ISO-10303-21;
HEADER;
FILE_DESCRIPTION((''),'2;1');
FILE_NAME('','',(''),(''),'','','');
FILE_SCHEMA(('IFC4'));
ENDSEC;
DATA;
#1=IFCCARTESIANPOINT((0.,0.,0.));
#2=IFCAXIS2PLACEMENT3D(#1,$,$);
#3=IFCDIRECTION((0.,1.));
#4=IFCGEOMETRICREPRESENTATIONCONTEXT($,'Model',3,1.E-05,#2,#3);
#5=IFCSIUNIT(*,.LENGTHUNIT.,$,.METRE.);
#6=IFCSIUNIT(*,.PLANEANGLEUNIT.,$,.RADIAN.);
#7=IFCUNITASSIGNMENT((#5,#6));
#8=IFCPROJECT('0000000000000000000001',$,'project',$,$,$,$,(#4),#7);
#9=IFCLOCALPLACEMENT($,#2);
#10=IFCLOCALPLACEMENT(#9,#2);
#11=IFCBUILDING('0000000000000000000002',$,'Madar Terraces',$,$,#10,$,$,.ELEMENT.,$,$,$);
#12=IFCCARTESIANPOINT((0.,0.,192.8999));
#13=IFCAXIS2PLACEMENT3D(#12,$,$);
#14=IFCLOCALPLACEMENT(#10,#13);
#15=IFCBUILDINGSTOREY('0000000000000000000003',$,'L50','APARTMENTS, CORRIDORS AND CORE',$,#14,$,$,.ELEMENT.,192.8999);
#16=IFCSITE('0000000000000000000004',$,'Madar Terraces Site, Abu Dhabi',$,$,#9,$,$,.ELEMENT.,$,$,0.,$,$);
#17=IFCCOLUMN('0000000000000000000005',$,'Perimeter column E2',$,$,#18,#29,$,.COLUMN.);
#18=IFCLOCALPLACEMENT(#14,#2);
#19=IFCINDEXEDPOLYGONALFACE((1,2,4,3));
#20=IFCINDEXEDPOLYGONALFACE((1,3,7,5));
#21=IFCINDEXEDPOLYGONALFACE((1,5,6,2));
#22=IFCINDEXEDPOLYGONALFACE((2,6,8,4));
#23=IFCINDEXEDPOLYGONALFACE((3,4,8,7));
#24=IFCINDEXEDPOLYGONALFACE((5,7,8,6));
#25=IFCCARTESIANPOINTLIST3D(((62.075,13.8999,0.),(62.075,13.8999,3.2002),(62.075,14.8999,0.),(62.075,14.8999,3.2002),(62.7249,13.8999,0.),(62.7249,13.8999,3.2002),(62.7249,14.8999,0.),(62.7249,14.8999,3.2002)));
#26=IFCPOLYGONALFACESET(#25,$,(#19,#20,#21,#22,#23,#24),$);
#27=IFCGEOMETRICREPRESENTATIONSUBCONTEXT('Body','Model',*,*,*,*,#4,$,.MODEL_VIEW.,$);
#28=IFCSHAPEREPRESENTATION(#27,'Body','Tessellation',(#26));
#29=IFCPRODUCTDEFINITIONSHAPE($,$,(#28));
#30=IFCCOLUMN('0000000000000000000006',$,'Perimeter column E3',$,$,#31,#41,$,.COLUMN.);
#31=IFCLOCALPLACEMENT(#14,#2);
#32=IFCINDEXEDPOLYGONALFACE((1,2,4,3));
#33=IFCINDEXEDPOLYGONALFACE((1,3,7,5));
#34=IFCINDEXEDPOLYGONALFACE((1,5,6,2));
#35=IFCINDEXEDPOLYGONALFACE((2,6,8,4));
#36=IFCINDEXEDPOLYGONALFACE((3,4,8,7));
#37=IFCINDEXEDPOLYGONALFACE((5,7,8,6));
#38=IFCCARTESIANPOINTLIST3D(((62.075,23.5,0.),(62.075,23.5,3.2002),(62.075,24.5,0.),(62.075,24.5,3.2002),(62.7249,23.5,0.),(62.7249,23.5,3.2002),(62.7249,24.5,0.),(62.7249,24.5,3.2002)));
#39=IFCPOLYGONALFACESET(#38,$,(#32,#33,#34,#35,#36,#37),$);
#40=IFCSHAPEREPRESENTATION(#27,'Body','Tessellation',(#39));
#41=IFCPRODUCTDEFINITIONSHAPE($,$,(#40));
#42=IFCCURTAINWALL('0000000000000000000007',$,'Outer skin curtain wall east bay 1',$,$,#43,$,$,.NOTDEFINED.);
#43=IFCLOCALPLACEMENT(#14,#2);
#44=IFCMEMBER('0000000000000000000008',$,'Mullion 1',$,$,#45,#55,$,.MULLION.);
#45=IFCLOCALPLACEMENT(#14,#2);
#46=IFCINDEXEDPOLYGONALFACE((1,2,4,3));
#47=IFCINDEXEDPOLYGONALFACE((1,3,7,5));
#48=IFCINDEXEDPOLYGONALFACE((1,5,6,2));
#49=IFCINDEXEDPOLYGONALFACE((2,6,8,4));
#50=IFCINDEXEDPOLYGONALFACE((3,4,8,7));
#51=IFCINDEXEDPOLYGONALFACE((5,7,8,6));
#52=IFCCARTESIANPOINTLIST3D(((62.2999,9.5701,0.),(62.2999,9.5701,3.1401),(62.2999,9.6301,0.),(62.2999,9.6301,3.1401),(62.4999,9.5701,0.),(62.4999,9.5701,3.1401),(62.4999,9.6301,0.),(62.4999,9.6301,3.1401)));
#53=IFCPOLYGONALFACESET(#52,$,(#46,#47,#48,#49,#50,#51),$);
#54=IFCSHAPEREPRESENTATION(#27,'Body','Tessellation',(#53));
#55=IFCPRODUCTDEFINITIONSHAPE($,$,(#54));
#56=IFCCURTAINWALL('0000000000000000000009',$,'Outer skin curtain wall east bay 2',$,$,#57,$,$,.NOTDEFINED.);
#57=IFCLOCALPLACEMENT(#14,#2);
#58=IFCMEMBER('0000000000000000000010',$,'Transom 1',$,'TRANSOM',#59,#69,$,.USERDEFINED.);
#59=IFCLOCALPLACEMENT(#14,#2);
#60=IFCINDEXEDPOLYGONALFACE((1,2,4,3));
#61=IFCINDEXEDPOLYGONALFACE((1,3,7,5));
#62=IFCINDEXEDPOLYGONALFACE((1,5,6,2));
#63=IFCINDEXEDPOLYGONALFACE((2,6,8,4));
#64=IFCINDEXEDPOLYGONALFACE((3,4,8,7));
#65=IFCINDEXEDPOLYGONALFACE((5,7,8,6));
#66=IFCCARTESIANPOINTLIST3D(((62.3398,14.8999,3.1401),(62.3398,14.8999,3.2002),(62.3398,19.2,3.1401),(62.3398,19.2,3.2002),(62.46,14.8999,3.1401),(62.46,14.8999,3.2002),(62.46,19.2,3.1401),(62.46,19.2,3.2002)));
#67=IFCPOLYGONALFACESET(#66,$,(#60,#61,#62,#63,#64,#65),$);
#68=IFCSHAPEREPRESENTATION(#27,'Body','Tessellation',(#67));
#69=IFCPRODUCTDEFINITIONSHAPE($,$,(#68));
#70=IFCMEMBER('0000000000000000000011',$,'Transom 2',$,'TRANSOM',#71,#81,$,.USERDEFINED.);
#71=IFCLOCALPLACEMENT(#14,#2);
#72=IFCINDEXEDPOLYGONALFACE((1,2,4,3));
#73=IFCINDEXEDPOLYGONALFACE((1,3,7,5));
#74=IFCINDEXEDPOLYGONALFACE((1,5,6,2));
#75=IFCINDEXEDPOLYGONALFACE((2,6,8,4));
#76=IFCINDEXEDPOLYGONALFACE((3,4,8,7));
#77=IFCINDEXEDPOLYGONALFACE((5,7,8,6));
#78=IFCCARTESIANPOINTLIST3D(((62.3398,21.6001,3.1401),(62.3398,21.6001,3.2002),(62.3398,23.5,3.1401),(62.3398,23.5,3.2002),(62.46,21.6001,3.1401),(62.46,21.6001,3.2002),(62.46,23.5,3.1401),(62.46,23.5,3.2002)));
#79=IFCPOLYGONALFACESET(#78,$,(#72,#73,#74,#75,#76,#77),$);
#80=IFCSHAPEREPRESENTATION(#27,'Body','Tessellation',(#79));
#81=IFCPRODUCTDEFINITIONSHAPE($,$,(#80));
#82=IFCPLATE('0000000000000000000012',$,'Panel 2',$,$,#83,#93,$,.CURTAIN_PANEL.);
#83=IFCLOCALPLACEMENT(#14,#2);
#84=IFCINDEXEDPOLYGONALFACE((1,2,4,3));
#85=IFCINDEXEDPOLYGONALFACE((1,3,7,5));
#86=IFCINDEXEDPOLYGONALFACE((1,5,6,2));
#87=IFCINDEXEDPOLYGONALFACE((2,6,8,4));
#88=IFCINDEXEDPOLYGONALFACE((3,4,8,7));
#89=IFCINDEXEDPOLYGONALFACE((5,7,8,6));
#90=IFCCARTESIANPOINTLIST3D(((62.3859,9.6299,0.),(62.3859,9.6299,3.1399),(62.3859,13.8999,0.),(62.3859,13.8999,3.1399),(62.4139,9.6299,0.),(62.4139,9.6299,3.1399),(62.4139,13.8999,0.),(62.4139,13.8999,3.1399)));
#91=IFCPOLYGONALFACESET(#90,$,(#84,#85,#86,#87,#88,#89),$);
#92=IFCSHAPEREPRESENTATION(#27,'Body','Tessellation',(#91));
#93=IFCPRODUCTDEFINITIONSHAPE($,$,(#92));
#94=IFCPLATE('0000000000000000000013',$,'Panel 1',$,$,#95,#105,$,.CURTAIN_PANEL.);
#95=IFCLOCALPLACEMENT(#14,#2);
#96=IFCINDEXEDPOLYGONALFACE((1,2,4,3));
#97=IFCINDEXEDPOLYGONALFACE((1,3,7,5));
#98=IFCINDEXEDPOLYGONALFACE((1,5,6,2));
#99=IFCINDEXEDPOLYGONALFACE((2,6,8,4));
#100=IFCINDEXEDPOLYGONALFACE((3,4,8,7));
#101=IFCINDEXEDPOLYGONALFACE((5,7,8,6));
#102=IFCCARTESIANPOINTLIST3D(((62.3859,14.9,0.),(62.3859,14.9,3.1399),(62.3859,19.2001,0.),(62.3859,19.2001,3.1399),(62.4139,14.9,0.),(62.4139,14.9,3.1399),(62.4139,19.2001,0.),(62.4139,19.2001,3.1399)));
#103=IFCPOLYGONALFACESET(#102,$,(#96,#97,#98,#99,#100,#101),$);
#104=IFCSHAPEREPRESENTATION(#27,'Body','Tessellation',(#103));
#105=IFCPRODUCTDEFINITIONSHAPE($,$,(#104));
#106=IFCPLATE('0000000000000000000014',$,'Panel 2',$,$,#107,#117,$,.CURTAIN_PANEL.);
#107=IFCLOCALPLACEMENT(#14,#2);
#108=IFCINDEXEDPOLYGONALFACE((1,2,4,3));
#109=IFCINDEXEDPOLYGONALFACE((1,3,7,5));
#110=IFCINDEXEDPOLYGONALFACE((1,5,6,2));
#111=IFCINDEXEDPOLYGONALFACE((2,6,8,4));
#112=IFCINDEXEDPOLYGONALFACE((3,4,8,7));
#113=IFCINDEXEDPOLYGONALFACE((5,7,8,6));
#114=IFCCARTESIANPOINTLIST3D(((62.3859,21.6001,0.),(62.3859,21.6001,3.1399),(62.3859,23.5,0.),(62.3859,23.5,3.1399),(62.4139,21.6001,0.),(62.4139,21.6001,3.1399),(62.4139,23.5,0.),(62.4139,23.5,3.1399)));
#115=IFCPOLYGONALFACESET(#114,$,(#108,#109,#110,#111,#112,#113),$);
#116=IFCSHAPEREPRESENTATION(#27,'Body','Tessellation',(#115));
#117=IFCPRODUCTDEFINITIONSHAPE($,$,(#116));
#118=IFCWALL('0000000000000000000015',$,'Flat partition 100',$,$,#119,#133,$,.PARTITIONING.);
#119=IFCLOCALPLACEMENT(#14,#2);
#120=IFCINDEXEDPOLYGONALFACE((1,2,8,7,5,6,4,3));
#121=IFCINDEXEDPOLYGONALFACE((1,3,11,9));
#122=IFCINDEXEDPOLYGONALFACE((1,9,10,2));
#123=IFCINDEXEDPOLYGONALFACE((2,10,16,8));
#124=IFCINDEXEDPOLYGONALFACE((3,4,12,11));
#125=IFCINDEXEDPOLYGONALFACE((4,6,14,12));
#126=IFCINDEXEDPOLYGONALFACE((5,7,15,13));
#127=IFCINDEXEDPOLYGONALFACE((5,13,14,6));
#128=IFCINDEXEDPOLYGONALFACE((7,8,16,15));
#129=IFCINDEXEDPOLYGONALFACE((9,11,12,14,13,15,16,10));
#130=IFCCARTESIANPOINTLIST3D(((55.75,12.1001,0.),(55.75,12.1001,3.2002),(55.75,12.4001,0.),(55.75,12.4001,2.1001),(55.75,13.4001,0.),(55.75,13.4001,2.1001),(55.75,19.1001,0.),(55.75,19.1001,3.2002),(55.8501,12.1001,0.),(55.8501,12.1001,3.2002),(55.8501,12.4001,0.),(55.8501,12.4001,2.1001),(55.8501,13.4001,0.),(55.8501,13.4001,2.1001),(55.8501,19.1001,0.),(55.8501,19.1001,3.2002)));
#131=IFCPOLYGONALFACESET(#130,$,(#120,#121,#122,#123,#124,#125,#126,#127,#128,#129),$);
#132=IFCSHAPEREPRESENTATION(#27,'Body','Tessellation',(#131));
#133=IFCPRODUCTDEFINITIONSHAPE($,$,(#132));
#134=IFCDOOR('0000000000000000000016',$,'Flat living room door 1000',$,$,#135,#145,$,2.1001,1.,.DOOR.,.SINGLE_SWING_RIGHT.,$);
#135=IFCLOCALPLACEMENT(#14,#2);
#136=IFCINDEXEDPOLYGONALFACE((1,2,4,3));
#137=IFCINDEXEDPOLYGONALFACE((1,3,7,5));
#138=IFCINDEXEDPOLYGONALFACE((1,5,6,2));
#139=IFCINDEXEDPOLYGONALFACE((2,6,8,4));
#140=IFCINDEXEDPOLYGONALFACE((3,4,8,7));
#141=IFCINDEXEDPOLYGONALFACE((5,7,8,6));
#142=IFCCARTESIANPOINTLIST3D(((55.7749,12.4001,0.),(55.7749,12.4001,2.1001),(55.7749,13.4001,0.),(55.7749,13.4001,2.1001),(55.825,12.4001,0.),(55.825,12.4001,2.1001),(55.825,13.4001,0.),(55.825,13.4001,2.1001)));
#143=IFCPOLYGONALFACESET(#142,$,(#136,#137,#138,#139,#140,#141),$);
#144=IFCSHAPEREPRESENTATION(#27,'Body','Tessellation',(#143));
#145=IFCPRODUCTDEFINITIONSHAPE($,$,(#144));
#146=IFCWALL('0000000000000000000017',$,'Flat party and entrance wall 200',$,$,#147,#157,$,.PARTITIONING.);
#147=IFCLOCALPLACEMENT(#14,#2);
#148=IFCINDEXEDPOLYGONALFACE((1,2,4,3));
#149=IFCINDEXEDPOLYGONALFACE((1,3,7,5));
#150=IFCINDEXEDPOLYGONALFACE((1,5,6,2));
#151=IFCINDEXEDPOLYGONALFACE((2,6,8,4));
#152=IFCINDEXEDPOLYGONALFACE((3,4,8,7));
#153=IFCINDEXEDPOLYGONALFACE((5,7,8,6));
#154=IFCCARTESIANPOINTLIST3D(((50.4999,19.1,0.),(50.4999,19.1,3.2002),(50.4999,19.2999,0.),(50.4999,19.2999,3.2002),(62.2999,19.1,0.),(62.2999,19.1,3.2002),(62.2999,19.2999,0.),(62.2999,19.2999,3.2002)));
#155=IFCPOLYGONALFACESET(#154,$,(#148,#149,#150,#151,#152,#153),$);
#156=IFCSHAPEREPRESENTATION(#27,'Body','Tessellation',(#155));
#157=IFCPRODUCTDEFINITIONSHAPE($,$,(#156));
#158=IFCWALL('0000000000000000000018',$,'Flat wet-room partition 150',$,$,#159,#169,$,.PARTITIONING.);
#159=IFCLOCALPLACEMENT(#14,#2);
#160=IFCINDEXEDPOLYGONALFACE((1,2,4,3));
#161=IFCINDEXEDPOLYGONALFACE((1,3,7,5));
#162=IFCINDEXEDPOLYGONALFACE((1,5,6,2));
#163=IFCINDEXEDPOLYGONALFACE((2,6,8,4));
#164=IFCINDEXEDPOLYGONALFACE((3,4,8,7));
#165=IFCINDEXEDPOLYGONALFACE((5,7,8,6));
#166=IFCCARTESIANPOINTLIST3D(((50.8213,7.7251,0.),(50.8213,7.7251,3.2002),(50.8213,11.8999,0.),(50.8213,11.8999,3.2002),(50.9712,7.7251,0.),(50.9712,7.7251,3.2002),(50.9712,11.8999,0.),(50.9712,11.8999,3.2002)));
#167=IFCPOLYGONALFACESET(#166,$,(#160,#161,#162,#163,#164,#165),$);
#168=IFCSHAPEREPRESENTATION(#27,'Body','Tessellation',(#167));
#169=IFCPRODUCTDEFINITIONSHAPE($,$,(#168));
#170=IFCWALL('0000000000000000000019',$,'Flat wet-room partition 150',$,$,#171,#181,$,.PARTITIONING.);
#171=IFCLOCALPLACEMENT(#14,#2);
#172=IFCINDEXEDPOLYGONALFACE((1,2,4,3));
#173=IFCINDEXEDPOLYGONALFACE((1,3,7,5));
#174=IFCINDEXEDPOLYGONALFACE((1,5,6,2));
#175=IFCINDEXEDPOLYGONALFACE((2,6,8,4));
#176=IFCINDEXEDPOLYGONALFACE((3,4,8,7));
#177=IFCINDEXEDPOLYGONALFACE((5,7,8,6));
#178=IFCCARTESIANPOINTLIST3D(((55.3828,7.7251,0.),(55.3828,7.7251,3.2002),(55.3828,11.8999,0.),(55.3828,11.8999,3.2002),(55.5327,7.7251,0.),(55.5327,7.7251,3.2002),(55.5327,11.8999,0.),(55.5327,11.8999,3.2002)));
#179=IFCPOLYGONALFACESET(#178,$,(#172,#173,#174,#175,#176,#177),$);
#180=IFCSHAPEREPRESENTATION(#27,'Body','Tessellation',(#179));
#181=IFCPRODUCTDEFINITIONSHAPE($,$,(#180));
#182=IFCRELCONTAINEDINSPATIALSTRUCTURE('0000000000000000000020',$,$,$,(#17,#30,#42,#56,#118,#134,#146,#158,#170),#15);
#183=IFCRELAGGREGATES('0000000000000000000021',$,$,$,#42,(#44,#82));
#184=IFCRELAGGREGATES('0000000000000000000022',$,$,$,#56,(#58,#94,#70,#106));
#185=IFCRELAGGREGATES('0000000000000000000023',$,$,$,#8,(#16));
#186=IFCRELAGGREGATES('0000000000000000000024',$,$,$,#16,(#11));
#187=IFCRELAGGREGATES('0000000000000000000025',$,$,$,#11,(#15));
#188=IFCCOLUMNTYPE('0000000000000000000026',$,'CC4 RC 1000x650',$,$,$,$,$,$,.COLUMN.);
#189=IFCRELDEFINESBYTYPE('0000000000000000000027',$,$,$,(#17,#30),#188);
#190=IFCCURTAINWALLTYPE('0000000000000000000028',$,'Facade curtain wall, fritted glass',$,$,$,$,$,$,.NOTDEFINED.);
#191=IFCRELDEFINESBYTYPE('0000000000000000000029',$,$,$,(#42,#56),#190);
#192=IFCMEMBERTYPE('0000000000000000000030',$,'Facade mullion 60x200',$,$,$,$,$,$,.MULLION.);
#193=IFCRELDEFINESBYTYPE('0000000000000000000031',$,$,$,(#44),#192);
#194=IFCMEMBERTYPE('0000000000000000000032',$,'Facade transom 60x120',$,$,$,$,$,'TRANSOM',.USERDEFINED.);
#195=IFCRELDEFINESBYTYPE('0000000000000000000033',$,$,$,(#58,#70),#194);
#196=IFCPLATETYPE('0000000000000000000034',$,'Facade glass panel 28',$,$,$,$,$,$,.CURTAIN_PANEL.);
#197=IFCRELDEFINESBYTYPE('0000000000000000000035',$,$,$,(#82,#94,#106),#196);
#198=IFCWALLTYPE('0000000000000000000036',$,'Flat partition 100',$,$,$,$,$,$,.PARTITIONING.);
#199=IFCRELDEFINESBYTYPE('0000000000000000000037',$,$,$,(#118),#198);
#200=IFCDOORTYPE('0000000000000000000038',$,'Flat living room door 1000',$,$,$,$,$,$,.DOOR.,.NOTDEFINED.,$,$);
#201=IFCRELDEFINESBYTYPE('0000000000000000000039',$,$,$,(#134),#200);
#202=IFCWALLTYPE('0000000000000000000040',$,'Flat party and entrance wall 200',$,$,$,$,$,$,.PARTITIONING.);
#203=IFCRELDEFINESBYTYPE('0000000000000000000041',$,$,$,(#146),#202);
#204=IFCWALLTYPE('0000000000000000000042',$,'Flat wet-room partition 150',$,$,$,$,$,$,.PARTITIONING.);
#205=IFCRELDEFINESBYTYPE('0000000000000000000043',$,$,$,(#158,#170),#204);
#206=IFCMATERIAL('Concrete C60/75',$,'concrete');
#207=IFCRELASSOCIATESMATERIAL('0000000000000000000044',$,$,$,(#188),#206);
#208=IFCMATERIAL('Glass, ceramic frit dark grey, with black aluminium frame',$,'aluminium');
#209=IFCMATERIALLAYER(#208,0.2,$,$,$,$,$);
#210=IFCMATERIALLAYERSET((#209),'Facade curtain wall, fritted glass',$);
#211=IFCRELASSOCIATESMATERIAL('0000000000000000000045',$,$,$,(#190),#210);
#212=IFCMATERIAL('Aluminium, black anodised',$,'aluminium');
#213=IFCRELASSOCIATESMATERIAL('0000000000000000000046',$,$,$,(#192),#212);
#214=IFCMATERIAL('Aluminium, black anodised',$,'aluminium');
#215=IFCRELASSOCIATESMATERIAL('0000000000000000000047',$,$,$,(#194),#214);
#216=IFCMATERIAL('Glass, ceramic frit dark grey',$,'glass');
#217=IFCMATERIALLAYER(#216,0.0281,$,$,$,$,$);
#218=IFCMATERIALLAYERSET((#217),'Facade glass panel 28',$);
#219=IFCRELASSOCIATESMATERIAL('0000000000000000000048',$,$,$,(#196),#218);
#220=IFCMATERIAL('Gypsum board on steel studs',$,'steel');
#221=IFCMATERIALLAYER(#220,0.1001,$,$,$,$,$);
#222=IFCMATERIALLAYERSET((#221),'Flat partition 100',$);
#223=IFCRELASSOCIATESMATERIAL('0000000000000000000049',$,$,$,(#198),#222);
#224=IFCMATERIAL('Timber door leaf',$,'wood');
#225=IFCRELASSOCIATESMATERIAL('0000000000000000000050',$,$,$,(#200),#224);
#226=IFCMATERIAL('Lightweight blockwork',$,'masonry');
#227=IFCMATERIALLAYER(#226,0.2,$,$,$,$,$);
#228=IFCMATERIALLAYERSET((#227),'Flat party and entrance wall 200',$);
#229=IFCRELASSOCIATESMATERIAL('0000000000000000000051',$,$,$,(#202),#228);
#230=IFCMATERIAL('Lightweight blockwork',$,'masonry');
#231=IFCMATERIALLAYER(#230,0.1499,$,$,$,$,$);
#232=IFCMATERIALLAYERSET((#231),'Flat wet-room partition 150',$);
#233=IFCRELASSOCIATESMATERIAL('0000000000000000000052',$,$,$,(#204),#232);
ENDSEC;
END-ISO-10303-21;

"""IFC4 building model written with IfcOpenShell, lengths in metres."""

from ifc_helpers import new_model, si_unit, direction, frame, frame_2d, origin, origin_2d, place, context, subcontext, project, spatial, rectangle, extrude, material, layer, layer_set, material_profile, profile_set, type_object, element, fill, aggregate, save


model = new_model("IFC4")

# Units and contexts
model_context = context("Model", 3, precision=1e-05, world=origin(), true_north=direction((0.0, 1.0)))
body_context = subcontext(model_context, "Body", "Model", "MODEL_VIEW")
ifc_project = project(units=[si_unit("LENGTHUNIT", "METRE"), si_unit("PLANEANGLEUNIT", "RADIAN")], contexts=[model_context])

# Site, building, storey
site_placement = place(None, origin())
site = spatial("IfcSite", under=ifc_project, at=site_placement, Name="Madar Terraces Site, Abu Dhabi", CompositionType="ELEMENT", RefElevation=0.0)
building_placement = place(site_placement, origin())
building = spatial("IfcBuilding", under=site, at=building_placement, Name="Madar Terraces", CompositionType="ELEMENT")
storey_placement = place(building_placement, frame((0.0, 0.0, 192.8999)))
storey = spatial("IfcBuildingStorey", under=building, at=storey_placement, Name="L50", Description="APARTMENTS, CORRIDORS AND CORE", CompositionType="ELEMENT", Elevation=192.8999)

# Columns
ifc_material_1 = material(Name="Concrete C60/75", Category="concrete")
ifc_material_profile_1 = material_profile(ifc_material_1, rectangle(XDim=1.0, YDim=0.6499, at=origin_2d()), Name="CC4 RC 1000x650")
ifc_profile_set_1 = profile_set([ifc_material_profile_1], Name="Concrete C60/75")
column_type = type_object("IfcColumnType", Name="CC4 RC 1000x650", PredefinedType="COLUMN", material=ifc_profile_set_1)
for number, where, z_axis, x_axis, name in (
    (1, (62.3999, 14.3999, 0.0), (0.0, 0.0, 1.0), (0.0, 1.0, 0.0), "Perimeter column E2"),
    (2, (62.3999, 24.0, 0.0), (0.0, 0.0, 1.0), (0.0, 1.0, 0.0), "Perimeter column E3"),
):
    element("IfcColumn", number, at=place(storey_placement, frame(where, z_axis=z_axis, x_axis=x_axis)), inside=storey, type_object=column_type, Name=name, PredefinedType="COLUMN", context=body_context, shape_type="SweptSolid", body=[
        extrude(rectangle(XDim=1.0, YDim=0.6499, at=origin_2d()), origin(), (0.0, 0.0, 1.0), 3.2002),
    ])

# Curtain wall, member
ifc_material_2 = material(Name="Glass, ceramic frit dark grey, with black aluminium frame", Category="aluminium")
ifc_layer_1 = layer(ifc_material_2, 0.2)
ifc_layer_set_1 = layer_set([ifc_layer_1], Name="Facade curtain wall, fritted glass")
curtain_wall_type = type_object("IfcCurtainWallType", Name="Facade curtain wall, fritted glass", PredefinedType="NOTDEFINED", material=ifc_layer_set_1)
curtain_wall_1_placement = place(storey_placement, origin())
curtain_wall_1 = element("IfcCurtainWall", 3, at=curtain_wall_1_placement, inside=storey, type_object=curtain_wall_type, Name="Outer skin curtain wall east bay 1", PredefinedType="NOTDEFINED")
ifc_material_3 = material(Name="Aluminium, black anodised", Category="aluminium")
ifc_material_profile_2 = material_profile(ifc_material_3, rectangle(XDim=0.2, YDim=0.0601, at=origin_2d()), Name="Facade mullion 60x200")
ifc_profile_set_2 = profile_set([ifc_material_profile_2], Name="Aluminium, black anodised")
member_type_1 = type_object("IfcMemberType", Name="Facade mullion 60x200", PredefinedType="MULLION", material=ifc_profile_set_2)
member_1_placement = place(storey_placement, frame((62.3999, 9.6001, 0.0), z_axis=(0.0, 0.0, 1.0), x_axis=(-1.0, 0.0, 0.0)))
member_1 = element("IfcMember", 4, at=member_1_placement, type_object=member_type_1, Name="Mullion 1", PredefinedType="MULLION", context=body_context, shape_type="SweptSolid", body=[
    extrude(rectangle(XDim=0.2, YDim=0.0601, at=origin_2d()), origin(), (0.0, 0.0, 1.0), 3.1401),
])

# Curtain wall, members
curtain_wall_2_placement = place(storey_placement, origin())
curtain_wall_2 = element("IfcCurtainWall", 5, at=curtain_wall_2_placement, inside=storey, type_object=curtain_wall_type, Name="Outer skin curtain wall east bay 2", PredefinedType="NOTDEFINED")
ifc_material_4 = material(Name="Aluminium, black anodised", Category="aluminium")
ifc_material_profile_3 = material_profile(ifc_material_4, rectangle(XDim=0.1201, YDim=0.0601, at=origin_2d()), Name="Facade transom 60x120")
ifc_profile_set_3 = profile_set([ifc_material_profile_3], Name="Aluminium, black anodised")
member_type_2 = type_object("IfcMemberType", Name="Facade transom 60x120", ElementType="TRANSOM", PredefinedType="USERDEFINED", material=ifc_profile_set_3)
member_2_placement = place(storey_placement, frame((62.3999, 14.8999, 3.1702), z_axis=(0.0, 1.0, 0.0), x_axis=(-1.0, 0.0, 0.0)))
member_2 = element("IfcMember", 6, at=member_2_placement, type_object=member_type_2, Name="Transom 1", ObjectType="TRANSOM", PredefinedType="USERDEFINED", context=body_context, shape_type="SweptSolid", body=[
    extrude(rectangle(XDim=0.1201, YDim=0.0601, at=origin_2d()), origin(), (0.0, 0.0, 1.0), 4.3),
])
member_3_placement = place(storey_placement, frame((62.3999, 21.6001, 3.1702), z_axis=(0.0, 1.0, 0.0), x_axis=(-1.0, 0.0, 0.0)))
member_3 = element("IfcMember", 7, at=member_3_placement, type_object=member_type_2, Name="Transom 2", ObjectType="TRANSOM", PredefinedType="USERDEFINED", context=body_context, shape_type="SweptSolid", body=[
    extrude(rectangle(XDim=0.1201, YDim=0.0601, at=origin_2d()), origin(), (0.0, 0.0, 1.0), 1.8999),
])

# Plates
ifc_material_5 = material(Name="Glass, ceramic frit dark grey", Category="glass")
ifc_layer_2 = layer(ifc_material_5, 0.0281)
ifc_layer_set_2 = layer_set([ifc_layer_2], Name="Facade glass panel 28")
plate_type = type_object("IfcPlateType", Name="Facade glass panel 28", PredefinedType="CURTAIN_PANEL", material=ifc_layer_set_2)
plate_1_placement = place(storey_placement, frame((62.3999, 11.7649, 0.0), z_axis=(0.0, 0.0, 1.0), x_axis=(0.0, 1.0, 0.0)))
plate_1 = element("IfcPlate", 8, at=plate_1_placement, type_object=plate_type, Name="Panel 2", PredefinedType="CURTAIN_PANEL", context=body_context, shape_type="SweptSolid", body=[
    extrude(rectangle(XDim=4.27, YDim=0.0281, at=origin_2d()), origin(), (0.0, 0.0, 1.0), 3.1399),
])
aggregate(curtain_wall_1, [member_1, plate_1])
plate_2_placement = place(storey_placement, frame((62.3999, 17.05, 0.0), z_axis=(0.0, 0.0, 1.0), x_axis=(0.0, 1.0, 0.0)))
plate_2 = element("IfcPlate", 9, at=plate_2_placement, type_object=plate_type, Name="Panel 1", PredefinedType="CURTAIN_PANEL", context=body_context, shape_type="SweptSolid", body=[
    extrude(rectangle(XDim=4.3, YDim=0.0281, at=origin_2d()), origin(), (0.0, 0.0, 1.0), 3.1399),
])
plate_3_placement = place(storey_placement, frame((62.3999, 22.55, 0.0), z_axis=(0.0, 0.0, 1.0), x_axis=(0.0, 1.0, 0.0)))
plate_3 = element("IfcPlate", 10, at=plate_3_placement, type_object=plate_type, Name="Panel 2", PredefinedType="CURTAIN_PANEL", context=body_context, shape_type="SweptSolid", body=[
    extrude(rectangle(XDim=1.8999, YDim=0.0281, at=origin_2d()), origin(), (0.0, 0.0, 1.0), 3.1399),
])
aggregate(curtain_wall_2, [member_2, plate_2, member_3, plate_3])

# Wall, opening, door
ifc_material_6 = material(Name="Gypsum board on steel studs", Category="steel")
ifc_layer_3 = layer(ifc_material_6, 0.1001)
ifc_layer_set_3 = layer_set([ifc_layer_3], Name="Flat partition 100")
wall_type_1 = type_object("IfcWallType", Name="Flat partition 100", PredefinedType="PARTITIONING", material=ifc_layer_set_3)
wall_1_placement = place(storey_placement, frame((55.8, 19.1001, 0.0), z_axis=(0.0, 0.0, 1.0), x_axis=(0.0, -1.0, 0.0)))
wall_1 = element("IfcWall", 11, at=wall_1_placement, inside=storey, type_object=wall_type_1, Name="Flat partition 100", PredefinedType="PARTITIONING", context=body_context, shape_type="SweptSolid", body=[
    extrude(rectangle(XDim=7.0, YDim=0.1001, at=frame_2d((3.5, 0.0))), origin(), (0.0, 0.0, 1.0), 3.2002),
])
opening_1_placement = place(wall_1_placement, frame((5.7, 0.0, 0.0)))
opening_1 = element("IfcOpeningElement", 12, at=opening_1_placement, cuts=wall_1, PredefinedType="OPENING", context=body_context, shape_type="SweptSolid", body=[
    extrude(rectangle(XDim=1.0, YDim=2.1001, at=frame_2d((0.5, 1.05))), frame((0.0, 0.0601, 0.0), z_axis=(0.0, -1.0, 0.0), x_axis=(1.0, 0.0, 0.0)), (0.0, 0.0, 1.0), 0.1201),
])
ifc_material_7 = material(Name="Timber door leaf", Category="wood")
door_type_1 = type_object("IfcDoorType", Name="Flat living room door 1000", OperationType="NOTDEFINED", PredefinedType="DOOR", material=ifc_material_7)
door_1_placement = place(opening_1_placement, origin())
door_1 = element("IfcDoor", 13, at=door_1_placement, inside=storey, type_object=door_type_1, Name="Flat living room door 1000", OperationType="SINGLE_SWING_RIGHT", OverallHeight=2.1001, OverallWidth=1.0, PredefinedType="DOOR", context=body_context, shape_type="SweptSolid", body=[
    extrude(rectangle(XDim=1.0, YDim=2.1001, at=frame_2d((0.5, 1.05))), frame((0.0, 0.0249, 0.0), z_axis=(0.0, -1.0, 0.0), x_axis=(1.0, 0.0, 0.0)), (0.0, 0.0, 1.0), 0.05),
])
fill(opening_1, door_1)

# Walls
ifc_material_8 = material(Name="Lightweight blockwork", Category="masonry")
ifc_layer_4 = layer(ifc_material_8, 0.2)
ifc_layer_set_4 = layer_set([ifc_layer_4], Name="Flat party and entrance wall 200")
wall_type_2 = type_object("IfcWallType", Name="Flat party and entrance wall 200", PredefinedType="PARTITIONING", material=ifc_layer_set_4)
wall_2_placement = place(storey_placement, frame((50.5, 19.2, 0.0), z_axis=(0.0, 0.0, 1.0), x_axis=(1.0, 0.0, 0.0)))
element("IfcWall", 14, at=wall_2_placement, inside=storey, type_object=wall_type_2, Name="Flat party and entrance wall 200", PredefinedType="PARTITIONING", context=body_context, shape_type="SweptSolid", body=[
    extrude(rectangle(XDim=11.8, YDim=0.2, at=frame_2d((5.8999, 0.0))), origin(), (0.0, 0.0, 1.0), 3.2002),
])
ifc_material_9 = material(Name="Lightweight blockwork", Category="masonry")
ifc_layer_5 = layer(ifc_material_9, 0.1499)
ifc_layer_set_5 = layer_set([ifc_layer_5], Name="Flat wet-room partition 150")
wall_type_3 = type_object("IfcWallType", Name="Flat wet-room partition 150", PredefinedType="PARTITIONING", material=ifc_layer_set_5)
for number, where, z_axis, x_axis, name in (
    (15, (50.8962, 11.8999, 0.0), (0.0, 0.0, 1.0), (0.0, -1.0, 0.0), "Flat wet-room partition 150"),
    (16, (55.4578, 11.8999, 0.0), (0.0, 0.0, 1.0), (0.0, -1.0, 0.0), "Flat wet-room partition 150"),
):
    element("IfcWall", number, at=place(storey_placement, frame(where, z_axis=z_axis, x_axis=x_axis)), inside=storey, type_object=wall_type_3, Name=name, PredefinedType="PARTITIONING", context=body_context, shape_type="SweptSolid", body=[
        extrude(rectangle(XDim=4.1748, YDim=0.1499, at=frame_2d((2.0874, 0.0))), origin(), (0.0, 0.0, 1.0), 3.2002),
    ])

save(model, "model.ifc")
